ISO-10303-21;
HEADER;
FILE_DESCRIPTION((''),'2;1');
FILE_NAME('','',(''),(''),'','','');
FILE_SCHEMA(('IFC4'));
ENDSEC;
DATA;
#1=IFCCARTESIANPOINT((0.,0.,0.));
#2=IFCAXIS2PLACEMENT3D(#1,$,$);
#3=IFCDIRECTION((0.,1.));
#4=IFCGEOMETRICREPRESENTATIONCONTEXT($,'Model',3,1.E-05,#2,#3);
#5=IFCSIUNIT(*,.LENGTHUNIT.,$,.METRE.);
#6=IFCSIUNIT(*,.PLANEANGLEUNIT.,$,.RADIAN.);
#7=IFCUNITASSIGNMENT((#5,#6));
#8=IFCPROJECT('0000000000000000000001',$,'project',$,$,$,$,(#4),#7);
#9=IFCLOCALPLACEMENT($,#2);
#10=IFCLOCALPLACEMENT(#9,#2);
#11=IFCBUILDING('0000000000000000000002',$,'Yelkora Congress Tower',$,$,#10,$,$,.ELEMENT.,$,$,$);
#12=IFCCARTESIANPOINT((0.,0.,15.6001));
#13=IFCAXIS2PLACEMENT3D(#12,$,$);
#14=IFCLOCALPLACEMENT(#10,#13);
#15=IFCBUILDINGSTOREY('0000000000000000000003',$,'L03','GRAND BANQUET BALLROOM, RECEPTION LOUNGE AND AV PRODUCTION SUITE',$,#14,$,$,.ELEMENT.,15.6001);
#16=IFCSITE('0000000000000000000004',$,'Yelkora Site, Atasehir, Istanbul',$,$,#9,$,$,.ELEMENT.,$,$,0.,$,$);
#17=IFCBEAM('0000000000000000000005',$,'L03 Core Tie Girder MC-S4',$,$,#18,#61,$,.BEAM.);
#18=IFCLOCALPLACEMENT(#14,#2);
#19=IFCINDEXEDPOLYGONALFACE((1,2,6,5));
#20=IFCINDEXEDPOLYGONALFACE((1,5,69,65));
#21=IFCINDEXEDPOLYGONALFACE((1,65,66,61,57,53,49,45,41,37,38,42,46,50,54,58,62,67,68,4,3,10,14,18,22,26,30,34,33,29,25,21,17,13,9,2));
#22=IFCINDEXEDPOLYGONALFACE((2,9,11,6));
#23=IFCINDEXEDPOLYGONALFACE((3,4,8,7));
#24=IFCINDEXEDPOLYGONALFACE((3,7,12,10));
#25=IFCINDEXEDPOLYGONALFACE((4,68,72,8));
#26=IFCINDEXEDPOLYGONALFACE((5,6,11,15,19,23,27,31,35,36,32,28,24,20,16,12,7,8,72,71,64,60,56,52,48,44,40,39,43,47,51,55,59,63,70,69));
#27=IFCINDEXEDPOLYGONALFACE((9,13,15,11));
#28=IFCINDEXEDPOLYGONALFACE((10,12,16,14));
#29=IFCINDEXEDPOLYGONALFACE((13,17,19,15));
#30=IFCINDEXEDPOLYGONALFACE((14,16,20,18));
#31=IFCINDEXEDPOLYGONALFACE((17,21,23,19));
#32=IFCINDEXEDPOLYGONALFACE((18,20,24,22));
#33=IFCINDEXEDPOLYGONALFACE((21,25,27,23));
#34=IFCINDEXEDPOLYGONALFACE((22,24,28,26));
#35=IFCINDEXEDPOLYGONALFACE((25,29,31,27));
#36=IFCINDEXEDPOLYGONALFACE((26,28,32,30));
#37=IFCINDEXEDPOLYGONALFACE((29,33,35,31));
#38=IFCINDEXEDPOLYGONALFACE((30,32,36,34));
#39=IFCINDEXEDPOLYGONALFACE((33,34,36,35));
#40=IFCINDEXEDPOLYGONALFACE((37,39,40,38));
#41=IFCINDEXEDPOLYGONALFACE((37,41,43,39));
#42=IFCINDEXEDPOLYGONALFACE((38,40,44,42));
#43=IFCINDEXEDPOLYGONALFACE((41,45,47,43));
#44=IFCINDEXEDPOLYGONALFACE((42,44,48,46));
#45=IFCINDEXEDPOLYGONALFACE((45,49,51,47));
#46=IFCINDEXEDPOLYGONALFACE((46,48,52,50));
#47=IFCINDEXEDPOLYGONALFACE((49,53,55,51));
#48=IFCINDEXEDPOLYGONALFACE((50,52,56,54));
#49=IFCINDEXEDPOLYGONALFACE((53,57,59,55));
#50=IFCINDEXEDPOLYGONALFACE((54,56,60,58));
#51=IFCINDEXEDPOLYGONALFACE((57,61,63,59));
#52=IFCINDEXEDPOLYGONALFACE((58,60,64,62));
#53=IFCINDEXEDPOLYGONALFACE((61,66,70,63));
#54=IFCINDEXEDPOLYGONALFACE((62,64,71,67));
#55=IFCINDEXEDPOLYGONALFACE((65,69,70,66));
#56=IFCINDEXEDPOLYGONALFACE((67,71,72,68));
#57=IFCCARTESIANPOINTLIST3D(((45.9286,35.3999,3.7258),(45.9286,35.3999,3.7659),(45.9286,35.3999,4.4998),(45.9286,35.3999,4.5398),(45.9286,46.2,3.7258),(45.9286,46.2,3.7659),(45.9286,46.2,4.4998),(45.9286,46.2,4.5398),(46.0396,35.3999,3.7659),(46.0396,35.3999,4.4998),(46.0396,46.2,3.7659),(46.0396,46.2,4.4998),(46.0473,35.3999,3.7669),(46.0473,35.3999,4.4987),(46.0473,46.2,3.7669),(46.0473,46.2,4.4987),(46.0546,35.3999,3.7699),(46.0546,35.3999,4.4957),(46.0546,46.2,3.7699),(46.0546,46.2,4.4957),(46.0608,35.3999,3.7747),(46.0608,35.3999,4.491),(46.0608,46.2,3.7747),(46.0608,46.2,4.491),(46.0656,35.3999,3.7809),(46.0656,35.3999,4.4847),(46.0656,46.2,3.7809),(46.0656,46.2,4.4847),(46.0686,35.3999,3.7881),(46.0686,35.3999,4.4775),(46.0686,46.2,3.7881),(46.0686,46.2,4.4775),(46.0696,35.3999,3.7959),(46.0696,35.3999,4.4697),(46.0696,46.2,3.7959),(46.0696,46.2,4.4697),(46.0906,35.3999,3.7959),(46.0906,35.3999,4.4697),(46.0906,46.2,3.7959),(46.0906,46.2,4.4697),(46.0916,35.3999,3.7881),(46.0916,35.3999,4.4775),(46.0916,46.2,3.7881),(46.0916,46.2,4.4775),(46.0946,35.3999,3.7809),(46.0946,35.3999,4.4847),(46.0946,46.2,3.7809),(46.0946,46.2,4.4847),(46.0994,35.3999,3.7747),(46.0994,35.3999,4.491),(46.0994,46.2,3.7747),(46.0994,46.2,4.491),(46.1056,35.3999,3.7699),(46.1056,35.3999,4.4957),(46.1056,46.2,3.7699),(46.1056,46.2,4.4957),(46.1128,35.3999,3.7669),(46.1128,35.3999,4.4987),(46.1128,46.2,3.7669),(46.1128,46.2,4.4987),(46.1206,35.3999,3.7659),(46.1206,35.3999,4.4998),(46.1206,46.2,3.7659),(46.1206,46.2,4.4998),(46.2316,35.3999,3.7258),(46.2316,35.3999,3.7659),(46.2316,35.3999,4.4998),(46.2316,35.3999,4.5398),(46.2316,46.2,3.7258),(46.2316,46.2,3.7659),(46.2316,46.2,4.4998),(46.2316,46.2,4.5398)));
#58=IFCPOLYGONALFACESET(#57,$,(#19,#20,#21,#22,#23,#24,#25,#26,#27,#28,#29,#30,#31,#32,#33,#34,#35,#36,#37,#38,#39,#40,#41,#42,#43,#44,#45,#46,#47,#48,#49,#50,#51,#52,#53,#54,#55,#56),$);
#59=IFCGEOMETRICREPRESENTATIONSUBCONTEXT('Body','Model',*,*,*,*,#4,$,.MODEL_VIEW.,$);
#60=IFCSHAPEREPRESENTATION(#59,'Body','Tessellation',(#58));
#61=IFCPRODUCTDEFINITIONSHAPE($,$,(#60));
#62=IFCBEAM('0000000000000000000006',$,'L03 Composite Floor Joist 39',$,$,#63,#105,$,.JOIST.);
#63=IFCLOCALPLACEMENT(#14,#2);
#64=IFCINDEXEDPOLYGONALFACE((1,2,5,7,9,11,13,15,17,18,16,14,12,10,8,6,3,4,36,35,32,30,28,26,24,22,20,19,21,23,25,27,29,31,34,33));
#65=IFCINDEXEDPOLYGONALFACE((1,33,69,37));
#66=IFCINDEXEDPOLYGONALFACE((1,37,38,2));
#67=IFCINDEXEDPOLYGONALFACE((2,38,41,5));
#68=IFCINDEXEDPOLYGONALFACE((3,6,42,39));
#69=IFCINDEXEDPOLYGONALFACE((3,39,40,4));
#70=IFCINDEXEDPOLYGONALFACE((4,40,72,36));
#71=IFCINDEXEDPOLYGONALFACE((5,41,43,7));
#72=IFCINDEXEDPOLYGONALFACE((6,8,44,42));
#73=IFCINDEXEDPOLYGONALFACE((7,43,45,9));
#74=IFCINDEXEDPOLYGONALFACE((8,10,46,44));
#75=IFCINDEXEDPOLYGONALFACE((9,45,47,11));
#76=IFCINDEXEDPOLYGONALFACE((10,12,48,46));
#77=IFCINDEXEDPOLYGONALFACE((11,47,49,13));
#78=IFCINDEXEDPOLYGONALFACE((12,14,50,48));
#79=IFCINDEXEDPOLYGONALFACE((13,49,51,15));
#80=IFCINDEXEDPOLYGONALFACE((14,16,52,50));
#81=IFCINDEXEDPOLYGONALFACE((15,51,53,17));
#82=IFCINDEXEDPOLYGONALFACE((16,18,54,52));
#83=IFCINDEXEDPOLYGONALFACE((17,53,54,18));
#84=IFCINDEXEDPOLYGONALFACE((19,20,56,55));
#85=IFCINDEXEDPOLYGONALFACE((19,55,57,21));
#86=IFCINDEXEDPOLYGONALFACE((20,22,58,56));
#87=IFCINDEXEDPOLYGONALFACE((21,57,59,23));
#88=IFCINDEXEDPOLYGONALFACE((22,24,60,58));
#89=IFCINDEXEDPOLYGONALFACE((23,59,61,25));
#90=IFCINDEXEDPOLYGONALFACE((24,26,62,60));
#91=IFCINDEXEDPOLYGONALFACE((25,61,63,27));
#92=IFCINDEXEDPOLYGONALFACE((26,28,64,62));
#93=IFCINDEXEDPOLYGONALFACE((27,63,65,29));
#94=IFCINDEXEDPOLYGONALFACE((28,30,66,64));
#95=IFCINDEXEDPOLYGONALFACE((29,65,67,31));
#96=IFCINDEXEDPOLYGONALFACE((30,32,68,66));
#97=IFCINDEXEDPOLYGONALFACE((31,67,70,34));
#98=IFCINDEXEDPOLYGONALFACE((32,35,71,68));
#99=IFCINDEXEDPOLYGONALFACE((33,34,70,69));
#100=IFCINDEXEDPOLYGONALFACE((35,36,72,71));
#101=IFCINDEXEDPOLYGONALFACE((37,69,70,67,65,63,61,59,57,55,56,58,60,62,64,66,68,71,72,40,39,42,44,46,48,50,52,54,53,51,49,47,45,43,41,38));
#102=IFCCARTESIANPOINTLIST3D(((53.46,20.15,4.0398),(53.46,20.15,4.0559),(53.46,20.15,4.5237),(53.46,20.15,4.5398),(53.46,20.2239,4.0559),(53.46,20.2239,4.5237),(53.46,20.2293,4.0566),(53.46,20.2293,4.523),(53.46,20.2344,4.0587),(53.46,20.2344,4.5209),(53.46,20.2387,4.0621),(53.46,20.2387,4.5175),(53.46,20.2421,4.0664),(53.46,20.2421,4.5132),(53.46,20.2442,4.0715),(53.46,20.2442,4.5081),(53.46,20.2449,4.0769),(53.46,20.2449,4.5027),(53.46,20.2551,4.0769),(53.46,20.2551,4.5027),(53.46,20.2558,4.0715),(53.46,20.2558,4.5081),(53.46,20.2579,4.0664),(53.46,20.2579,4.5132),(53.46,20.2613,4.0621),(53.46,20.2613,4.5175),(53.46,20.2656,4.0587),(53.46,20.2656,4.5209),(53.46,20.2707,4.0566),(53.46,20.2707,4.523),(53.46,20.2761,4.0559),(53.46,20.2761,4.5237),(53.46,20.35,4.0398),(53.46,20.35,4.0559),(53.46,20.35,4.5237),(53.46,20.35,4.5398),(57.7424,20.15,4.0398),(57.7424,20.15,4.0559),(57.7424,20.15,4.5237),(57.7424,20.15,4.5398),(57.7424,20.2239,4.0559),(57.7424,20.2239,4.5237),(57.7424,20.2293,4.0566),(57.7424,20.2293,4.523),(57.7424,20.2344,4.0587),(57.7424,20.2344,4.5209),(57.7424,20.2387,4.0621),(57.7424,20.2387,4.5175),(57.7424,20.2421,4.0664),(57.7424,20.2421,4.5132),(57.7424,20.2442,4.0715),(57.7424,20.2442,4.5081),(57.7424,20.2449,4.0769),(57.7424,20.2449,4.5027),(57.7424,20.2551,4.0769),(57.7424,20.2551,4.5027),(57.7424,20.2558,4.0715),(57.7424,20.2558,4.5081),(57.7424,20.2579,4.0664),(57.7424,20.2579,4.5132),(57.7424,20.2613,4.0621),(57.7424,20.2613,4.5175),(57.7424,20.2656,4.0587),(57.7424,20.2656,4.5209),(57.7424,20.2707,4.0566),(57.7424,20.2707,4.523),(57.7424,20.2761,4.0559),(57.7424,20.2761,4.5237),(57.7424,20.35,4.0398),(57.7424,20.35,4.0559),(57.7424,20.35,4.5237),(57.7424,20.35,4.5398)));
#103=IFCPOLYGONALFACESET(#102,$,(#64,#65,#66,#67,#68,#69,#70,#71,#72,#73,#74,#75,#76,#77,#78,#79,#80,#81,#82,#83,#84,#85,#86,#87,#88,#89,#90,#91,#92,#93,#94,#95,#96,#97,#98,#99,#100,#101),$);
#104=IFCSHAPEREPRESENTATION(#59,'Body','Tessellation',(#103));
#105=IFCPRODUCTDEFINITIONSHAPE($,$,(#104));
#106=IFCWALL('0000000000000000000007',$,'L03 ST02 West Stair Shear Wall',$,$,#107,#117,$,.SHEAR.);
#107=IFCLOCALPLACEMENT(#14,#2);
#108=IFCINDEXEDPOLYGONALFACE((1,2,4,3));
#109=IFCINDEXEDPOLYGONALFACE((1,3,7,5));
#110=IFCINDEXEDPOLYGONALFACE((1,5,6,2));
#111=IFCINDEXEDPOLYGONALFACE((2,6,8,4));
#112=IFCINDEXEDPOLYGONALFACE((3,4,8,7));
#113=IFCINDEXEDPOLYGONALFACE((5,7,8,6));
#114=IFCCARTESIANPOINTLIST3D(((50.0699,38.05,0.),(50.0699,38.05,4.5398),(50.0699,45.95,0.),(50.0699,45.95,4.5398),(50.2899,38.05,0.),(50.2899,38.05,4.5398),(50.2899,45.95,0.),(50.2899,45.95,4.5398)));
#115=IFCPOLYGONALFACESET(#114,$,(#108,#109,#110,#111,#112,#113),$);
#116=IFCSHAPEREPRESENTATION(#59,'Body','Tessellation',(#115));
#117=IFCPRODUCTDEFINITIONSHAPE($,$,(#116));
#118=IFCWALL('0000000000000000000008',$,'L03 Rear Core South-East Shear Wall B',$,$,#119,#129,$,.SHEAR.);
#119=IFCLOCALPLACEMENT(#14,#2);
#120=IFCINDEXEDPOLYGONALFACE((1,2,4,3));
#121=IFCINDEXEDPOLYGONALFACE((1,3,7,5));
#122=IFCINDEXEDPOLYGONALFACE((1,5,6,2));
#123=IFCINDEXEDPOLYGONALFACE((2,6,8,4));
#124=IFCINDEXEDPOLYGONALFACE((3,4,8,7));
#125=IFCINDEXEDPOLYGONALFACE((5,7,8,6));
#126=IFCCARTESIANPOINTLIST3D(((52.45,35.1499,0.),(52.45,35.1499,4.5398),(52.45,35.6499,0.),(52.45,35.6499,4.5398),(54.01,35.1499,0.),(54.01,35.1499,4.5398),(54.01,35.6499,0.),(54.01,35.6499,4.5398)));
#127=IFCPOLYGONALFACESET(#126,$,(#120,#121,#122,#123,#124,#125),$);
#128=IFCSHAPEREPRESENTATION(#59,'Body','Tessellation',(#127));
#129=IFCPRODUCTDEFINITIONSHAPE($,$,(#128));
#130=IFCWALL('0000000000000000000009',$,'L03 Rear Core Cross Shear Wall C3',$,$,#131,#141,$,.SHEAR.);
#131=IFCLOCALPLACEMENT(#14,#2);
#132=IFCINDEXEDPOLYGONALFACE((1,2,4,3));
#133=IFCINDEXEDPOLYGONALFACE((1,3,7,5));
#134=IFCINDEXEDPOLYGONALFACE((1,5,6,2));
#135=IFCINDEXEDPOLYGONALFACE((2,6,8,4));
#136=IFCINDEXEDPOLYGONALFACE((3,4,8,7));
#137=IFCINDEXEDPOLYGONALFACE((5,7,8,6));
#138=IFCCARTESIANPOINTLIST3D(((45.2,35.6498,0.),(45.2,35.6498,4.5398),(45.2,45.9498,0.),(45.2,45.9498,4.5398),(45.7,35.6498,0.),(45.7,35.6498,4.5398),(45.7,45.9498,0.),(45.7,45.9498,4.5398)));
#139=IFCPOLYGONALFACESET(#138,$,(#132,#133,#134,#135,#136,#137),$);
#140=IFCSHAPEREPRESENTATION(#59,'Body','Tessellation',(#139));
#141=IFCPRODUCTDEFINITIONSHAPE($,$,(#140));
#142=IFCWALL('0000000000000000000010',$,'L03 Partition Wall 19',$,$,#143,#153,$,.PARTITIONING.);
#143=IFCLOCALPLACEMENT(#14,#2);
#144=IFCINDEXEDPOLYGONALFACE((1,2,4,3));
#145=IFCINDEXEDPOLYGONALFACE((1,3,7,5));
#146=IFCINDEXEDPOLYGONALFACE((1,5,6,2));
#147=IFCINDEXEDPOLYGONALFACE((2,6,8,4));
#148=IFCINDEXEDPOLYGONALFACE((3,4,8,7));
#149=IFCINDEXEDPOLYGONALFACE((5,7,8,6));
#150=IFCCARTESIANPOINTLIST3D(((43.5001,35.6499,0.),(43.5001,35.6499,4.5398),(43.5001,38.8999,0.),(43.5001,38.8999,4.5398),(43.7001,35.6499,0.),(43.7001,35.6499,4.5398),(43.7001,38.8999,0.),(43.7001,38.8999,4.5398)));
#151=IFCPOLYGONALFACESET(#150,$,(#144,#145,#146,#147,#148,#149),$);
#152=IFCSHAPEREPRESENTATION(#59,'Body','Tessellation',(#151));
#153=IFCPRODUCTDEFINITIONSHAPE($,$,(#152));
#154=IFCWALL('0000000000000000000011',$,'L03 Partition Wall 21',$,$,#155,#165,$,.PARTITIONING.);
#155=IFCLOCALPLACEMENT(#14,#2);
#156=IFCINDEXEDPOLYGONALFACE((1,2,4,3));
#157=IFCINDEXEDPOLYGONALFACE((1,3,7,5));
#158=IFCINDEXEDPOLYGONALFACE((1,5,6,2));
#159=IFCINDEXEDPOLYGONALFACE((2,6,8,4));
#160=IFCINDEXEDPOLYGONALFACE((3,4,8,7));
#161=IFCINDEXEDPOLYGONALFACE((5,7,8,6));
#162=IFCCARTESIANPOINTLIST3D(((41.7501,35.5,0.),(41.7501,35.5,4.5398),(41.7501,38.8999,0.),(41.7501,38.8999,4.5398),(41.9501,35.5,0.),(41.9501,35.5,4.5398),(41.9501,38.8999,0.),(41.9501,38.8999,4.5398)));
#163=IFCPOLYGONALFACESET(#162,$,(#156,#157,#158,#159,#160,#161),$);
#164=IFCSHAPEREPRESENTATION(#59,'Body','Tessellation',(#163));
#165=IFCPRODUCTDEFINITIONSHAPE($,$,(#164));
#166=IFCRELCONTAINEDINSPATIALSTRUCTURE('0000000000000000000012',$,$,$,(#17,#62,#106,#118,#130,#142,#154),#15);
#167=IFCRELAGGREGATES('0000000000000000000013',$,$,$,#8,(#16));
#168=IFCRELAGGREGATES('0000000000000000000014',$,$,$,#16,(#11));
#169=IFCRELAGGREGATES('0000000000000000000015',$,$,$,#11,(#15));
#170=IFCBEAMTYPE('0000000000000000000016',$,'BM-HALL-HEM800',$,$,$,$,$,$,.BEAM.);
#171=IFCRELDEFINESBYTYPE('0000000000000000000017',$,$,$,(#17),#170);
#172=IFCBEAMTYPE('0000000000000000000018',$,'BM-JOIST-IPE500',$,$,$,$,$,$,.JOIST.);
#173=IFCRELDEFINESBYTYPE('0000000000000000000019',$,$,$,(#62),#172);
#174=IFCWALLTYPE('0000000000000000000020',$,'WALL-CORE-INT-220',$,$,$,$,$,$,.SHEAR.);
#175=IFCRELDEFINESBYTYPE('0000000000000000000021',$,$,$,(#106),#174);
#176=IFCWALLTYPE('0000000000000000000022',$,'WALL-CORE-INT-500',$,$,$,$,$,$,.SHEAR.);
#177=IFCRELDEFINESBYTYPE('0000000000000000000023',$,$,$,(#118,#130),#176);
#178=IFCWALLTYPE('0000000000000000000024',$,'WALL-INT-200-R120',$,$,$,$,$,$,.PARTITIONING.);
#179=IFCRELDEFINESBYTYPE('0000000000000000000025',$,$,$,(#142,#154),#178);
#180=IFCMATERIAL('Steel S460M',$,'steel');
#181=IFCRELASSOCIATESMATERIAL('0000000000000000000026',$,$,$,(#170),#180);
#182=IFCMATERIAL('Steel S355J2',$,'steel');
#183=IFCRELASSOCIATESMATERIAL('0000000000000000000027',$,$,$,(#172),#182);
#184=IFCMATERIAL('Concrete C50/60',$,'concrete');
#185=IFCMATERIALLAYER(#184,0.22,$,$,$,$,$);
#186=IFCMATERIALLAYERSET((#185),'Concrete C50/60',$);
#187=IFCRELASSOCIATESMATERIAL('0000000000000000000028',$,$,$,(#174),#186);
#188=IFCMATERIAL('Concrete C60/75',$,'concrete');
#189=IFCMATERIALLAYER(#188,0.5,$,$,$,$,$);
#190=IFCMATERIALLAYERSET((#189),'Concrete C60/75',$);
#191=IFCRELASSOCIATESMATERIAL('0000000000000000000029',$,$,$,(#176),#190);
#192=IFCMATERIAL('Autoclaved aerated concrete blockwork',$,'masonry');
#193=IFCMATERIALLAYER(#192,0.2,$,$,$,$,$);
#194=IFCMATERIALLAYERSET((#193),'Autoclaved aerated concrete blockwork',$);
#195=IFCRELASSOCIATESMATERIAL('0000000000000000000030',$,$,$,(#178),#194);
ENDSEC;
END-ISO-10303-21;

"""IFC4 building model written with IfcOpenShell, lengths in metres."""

from ifc_helpers import new_model, si_unit, direction, frame, frame_2d, origin, origin_2d, place, context, subcontext, project, spatial, rectangle, i_section, extrude, material, layer, layer_set, material_profile, profile_set, type_object, element, save


model = new_model("IFC4")

# Units and contexts
model_context = context("Model", 3, precision=1e-05, world=origin(), true_north=direction((0.0, 1.0)))
body_context = subcontext(model_context, "Body", "Model", "MODEL_VIEW")
ifc_project = project(units=[si_unit("LENGTHUNIT", "METRE"), si_unit("PLANEANGLEUNIT", "RADIAN")], contexts=[model_context])

# Site, building, storey
site_placement = place(None, origin())
site = spatial("IfcSite", under=ifc_project, at=site_placement, Name="Yelkora Site, Atasehir, Istanbul", CompositionType="ELEMENT", RefElevation=0.0)
building_placement = place(site_placement, origin())
building = spatial("IfcBuilding", under=site, at=building_placement, Name="Yelkora Congress Tower", CompositionType="ELEMENT")
storey_placement = place(building_placement, frame((0.0, 0.0, 15.6001)))
storey = spatial("IfcBuildingStorey", under=building, at=storey_placement, Name="L03", Description="GRAND BANQUET BALLROOM, RECEPTION LOUNGE AND AV PRODUCTION SUITE", CompositionType="ELEMENT", Elevation=15.6001)

# Shared definitions
ifc_material_1 = material(Name="Concrete C60/75", Category="concrete")

# Beams
ifc_material_2 = material(Name="Steel S460M", Category="steel")
ifc_material_profile_1 = material_profile(ifc_material_2, i_section(OverallWidth=0.303, OverallDepth=0.814, WebThickness=0.021, FlangeThickness=0.04, FilletRadius=0.03, at=origin_2d()), Name="HEM 800")
ifc_profile_set_1 = profile_set([ifc_material_profile_1], Name="Steel S460M")
beam_type_1 = type_object("IfcBeamType", Name="BM-HALL-HEM800", PredefinedType="BEAM", material=ifc_profile_set_1)
beam_1_placement = place(storey_placement, frame((46.0801, 35.3999, 4.1328), z_axis=(0.0, 1.0, 0.0), x_axis=(-1.0, 0.0, 0.0)))
element("IfcBeam", 1, at=beam_1_placement, inside=storey, type_object=beam_type_1, Name="L03 Core Tie Girder MC-S4", PredefinedType="BEAM", context=body_context, shape_type="SweptSolid", body=[
    extrude(i_section(OverallWidth=0.303, OverallDepth=0.814, WebThickness=0.021, FlangeThickness=0.04, FilletRadius=0.03, at=origin_2d()), origin(), (0.0, 0.0, 1.0), 10.8),
])
ifc_material_3 = material(Name="Steel S355J2", Category="steel")
ifc_material_profile_2 = material_profile(ifc_material_3, i_section(OverallWidth=0.2, OverallDepth=0.5, WebThickness=0.0103, FlangeThickness=0.0161, FilletRadius=0.021, at=origin_2d()), Name="IPE 500")
ifc_profile_set_2 = profile_set([ifc_material_profile_2], Name="Steel S355J2")
beam_type_2 = type_object("IfcBeamType", Name="BM-JOIST-IPE500", PredefinedType="JOIST", material=ifc_profile_set_2)
beam_2_placement = place(storey_placement, frame((53.46, 20.25, 4.2898), z_axis=(1.0, 0.0, 0.0), x_axis=(0.0, 1.0, 0.0)))
element("IfcBeam", 2, at=beam_2_placement, inside=storey, type_object=beam_type_2, Name="L03 Composite Floor Joist 39", PredefinedType="JOIST", context=body_context, shape_type="SweptSolid", body=[
    extrude(i_section(OverallWidth=0.2, OverallDepth=0.5, WebThickness=0.0103, FlangeThickness=0.0161, FilletRadius=0.021, at=origin_2d()), origin(), (0.0, 0.0, 1.0), 4.2825),
])

# Wall
ifc_material_4 = material(Name="Concrete C50/60", Category="concrete")
ifc_layer_1 = layer(ifc_material_4, 0.22)
ifc_layer_set_1 = layer_set([ifc_layer_1], Name="Concrete C50/60")
wall_type_1 = type_object("IfcWallType", Name="WALL-CORE-INT-220", PredefinedType="SHEAR", material=ifc_layer_set_1)
wall_1_placement = place(storey_placement, frame((50.1799, 38.05, 0.0), z_axis=(0.0, 0.0, 1.0), x_axis=(0.0, 1.0, 0.0)))
element("IfcWall", 3, at=wall_1_placement, inside=storey, type_object=wall_type_1, Name="L03 ST02 West Stair Shear Wall", PredefinedType="SHEAR", context=body_context, shape_type="SweptSolid", body=[
    extrude(rectangle(XDim=7.8999, YDim=0.22, at=frame_2d((3.95, 0.0))), origin(), (0.0, 0.0, 1.0), 4.5398),
])

# Shared definitions
ifc_layer_2 = layer(ifc_material_1, 0.5)
ifc_layer_set_2 = layer_set([ifc_layer_2], Name="Concrete C60/75")
wall_type_2 = type_object("IfcWallType", Name="WALL-CORE-INT-500", PredefinedType="SHEAR", material=ifc_layer_set_2)

# Walls
wall_2_placement = place(storey_placement, frame((52.45, 35.3999, 0.0), z_axis=(0.0, 0.0, 1.0), x_axis=(1.0, 0.0, 0.0)))
element("IfcWall", 4, at=wall_2_placement, inside=storey, type_object=wall_type_2, Name="L03 Rear Core South-East Shear Wall B", PredefinedType="SHEAR", context=body_context, shape_type="SweptSolid", body=[
    extrude(rectangle(XDim=1.5601, YDim=0.5, at=frame_2d((0.78, 0.0))), origin(), (0.0, 0.0, 1.0), 4.5398),
])
wall_3_placement = place(storey_placement, frame((45.45, 35.6499, 0.0), z_axis=(0.0, 0.0, 1.0), x_axis=(0.0, 1.0, 0.0)))
element("IfcWall", 5, at=wall_3_placement, inside=storey, type_object=wall_type_2, Name="L03 Rear Core Cross Shear Wall C3", PredefinedType="SHEAR", context=body_context, shape_type="SweptSolid", body=[
    extrude(rectangle(XDim=10.3, YDim=0.5, at=frame_2d((5.1499, 0.0))), origin(), (0.0, 0.0, 1.0), 4.5398),
])

# Walls
ifc_material_5 = material(Name="Autoclaved aerated concrete blockwork", Category="masonry")
ifc_layer_3 = layer(ifc_material_5, 0.2)
ifc_layer_set_3 = layer_set([ifc_layer_3], Name="Autoclaved aerated concrete blockwork")
wall_type_3 = type_object("IfcWallType", Name="WALL-INT-200-R120", PredefinedType="PARTITIONING", material=ifc_layer_set_3)
wall_4_placement = place(storey_placement, frame((43.6001, 35.6499, 0.0), z_axis=(0.0, 0.0, 1.0), x_axis=(0.0, 1.0, 0.0)))
element("IfcWall", 6, at=wall_4_placement, inside=storey, type_object=wall_type_3, Name="L03 Partition Wall 19", PredefinedType="PARTITIONING", context=body_context, shape_type="SweptSolid", body=[
    extrude(rectangle(XDim=3.25, YDim=0.2, at=frame_2d((1.625, 0.0))), origin(), (0.0, 0.0, 1.0), 4.5398),
])
wall_5_placement = place(storey_placement, frame((41.8501, 35.5, 0.0), z_axis=(0.0, 0.0, 1.0), x_axis=(0.0, 1.0, 0.0)))
element("IfcWall", 7, at=wall_5_placement, inside=storey, type_object=wall_type_3, Name="L03 Partition Wall 21", PredefinedType="PARTITIONING", context=body_context, shape_type="SweptSolid", body=[
    extrude(rectangle(XDim=3.3999, YDim=0.2, at=frame_2d((1.7, 0.0))), origin(), (0.0, 0.0, 1.0), 4.5398),
])

save(model, "model.ifc")
